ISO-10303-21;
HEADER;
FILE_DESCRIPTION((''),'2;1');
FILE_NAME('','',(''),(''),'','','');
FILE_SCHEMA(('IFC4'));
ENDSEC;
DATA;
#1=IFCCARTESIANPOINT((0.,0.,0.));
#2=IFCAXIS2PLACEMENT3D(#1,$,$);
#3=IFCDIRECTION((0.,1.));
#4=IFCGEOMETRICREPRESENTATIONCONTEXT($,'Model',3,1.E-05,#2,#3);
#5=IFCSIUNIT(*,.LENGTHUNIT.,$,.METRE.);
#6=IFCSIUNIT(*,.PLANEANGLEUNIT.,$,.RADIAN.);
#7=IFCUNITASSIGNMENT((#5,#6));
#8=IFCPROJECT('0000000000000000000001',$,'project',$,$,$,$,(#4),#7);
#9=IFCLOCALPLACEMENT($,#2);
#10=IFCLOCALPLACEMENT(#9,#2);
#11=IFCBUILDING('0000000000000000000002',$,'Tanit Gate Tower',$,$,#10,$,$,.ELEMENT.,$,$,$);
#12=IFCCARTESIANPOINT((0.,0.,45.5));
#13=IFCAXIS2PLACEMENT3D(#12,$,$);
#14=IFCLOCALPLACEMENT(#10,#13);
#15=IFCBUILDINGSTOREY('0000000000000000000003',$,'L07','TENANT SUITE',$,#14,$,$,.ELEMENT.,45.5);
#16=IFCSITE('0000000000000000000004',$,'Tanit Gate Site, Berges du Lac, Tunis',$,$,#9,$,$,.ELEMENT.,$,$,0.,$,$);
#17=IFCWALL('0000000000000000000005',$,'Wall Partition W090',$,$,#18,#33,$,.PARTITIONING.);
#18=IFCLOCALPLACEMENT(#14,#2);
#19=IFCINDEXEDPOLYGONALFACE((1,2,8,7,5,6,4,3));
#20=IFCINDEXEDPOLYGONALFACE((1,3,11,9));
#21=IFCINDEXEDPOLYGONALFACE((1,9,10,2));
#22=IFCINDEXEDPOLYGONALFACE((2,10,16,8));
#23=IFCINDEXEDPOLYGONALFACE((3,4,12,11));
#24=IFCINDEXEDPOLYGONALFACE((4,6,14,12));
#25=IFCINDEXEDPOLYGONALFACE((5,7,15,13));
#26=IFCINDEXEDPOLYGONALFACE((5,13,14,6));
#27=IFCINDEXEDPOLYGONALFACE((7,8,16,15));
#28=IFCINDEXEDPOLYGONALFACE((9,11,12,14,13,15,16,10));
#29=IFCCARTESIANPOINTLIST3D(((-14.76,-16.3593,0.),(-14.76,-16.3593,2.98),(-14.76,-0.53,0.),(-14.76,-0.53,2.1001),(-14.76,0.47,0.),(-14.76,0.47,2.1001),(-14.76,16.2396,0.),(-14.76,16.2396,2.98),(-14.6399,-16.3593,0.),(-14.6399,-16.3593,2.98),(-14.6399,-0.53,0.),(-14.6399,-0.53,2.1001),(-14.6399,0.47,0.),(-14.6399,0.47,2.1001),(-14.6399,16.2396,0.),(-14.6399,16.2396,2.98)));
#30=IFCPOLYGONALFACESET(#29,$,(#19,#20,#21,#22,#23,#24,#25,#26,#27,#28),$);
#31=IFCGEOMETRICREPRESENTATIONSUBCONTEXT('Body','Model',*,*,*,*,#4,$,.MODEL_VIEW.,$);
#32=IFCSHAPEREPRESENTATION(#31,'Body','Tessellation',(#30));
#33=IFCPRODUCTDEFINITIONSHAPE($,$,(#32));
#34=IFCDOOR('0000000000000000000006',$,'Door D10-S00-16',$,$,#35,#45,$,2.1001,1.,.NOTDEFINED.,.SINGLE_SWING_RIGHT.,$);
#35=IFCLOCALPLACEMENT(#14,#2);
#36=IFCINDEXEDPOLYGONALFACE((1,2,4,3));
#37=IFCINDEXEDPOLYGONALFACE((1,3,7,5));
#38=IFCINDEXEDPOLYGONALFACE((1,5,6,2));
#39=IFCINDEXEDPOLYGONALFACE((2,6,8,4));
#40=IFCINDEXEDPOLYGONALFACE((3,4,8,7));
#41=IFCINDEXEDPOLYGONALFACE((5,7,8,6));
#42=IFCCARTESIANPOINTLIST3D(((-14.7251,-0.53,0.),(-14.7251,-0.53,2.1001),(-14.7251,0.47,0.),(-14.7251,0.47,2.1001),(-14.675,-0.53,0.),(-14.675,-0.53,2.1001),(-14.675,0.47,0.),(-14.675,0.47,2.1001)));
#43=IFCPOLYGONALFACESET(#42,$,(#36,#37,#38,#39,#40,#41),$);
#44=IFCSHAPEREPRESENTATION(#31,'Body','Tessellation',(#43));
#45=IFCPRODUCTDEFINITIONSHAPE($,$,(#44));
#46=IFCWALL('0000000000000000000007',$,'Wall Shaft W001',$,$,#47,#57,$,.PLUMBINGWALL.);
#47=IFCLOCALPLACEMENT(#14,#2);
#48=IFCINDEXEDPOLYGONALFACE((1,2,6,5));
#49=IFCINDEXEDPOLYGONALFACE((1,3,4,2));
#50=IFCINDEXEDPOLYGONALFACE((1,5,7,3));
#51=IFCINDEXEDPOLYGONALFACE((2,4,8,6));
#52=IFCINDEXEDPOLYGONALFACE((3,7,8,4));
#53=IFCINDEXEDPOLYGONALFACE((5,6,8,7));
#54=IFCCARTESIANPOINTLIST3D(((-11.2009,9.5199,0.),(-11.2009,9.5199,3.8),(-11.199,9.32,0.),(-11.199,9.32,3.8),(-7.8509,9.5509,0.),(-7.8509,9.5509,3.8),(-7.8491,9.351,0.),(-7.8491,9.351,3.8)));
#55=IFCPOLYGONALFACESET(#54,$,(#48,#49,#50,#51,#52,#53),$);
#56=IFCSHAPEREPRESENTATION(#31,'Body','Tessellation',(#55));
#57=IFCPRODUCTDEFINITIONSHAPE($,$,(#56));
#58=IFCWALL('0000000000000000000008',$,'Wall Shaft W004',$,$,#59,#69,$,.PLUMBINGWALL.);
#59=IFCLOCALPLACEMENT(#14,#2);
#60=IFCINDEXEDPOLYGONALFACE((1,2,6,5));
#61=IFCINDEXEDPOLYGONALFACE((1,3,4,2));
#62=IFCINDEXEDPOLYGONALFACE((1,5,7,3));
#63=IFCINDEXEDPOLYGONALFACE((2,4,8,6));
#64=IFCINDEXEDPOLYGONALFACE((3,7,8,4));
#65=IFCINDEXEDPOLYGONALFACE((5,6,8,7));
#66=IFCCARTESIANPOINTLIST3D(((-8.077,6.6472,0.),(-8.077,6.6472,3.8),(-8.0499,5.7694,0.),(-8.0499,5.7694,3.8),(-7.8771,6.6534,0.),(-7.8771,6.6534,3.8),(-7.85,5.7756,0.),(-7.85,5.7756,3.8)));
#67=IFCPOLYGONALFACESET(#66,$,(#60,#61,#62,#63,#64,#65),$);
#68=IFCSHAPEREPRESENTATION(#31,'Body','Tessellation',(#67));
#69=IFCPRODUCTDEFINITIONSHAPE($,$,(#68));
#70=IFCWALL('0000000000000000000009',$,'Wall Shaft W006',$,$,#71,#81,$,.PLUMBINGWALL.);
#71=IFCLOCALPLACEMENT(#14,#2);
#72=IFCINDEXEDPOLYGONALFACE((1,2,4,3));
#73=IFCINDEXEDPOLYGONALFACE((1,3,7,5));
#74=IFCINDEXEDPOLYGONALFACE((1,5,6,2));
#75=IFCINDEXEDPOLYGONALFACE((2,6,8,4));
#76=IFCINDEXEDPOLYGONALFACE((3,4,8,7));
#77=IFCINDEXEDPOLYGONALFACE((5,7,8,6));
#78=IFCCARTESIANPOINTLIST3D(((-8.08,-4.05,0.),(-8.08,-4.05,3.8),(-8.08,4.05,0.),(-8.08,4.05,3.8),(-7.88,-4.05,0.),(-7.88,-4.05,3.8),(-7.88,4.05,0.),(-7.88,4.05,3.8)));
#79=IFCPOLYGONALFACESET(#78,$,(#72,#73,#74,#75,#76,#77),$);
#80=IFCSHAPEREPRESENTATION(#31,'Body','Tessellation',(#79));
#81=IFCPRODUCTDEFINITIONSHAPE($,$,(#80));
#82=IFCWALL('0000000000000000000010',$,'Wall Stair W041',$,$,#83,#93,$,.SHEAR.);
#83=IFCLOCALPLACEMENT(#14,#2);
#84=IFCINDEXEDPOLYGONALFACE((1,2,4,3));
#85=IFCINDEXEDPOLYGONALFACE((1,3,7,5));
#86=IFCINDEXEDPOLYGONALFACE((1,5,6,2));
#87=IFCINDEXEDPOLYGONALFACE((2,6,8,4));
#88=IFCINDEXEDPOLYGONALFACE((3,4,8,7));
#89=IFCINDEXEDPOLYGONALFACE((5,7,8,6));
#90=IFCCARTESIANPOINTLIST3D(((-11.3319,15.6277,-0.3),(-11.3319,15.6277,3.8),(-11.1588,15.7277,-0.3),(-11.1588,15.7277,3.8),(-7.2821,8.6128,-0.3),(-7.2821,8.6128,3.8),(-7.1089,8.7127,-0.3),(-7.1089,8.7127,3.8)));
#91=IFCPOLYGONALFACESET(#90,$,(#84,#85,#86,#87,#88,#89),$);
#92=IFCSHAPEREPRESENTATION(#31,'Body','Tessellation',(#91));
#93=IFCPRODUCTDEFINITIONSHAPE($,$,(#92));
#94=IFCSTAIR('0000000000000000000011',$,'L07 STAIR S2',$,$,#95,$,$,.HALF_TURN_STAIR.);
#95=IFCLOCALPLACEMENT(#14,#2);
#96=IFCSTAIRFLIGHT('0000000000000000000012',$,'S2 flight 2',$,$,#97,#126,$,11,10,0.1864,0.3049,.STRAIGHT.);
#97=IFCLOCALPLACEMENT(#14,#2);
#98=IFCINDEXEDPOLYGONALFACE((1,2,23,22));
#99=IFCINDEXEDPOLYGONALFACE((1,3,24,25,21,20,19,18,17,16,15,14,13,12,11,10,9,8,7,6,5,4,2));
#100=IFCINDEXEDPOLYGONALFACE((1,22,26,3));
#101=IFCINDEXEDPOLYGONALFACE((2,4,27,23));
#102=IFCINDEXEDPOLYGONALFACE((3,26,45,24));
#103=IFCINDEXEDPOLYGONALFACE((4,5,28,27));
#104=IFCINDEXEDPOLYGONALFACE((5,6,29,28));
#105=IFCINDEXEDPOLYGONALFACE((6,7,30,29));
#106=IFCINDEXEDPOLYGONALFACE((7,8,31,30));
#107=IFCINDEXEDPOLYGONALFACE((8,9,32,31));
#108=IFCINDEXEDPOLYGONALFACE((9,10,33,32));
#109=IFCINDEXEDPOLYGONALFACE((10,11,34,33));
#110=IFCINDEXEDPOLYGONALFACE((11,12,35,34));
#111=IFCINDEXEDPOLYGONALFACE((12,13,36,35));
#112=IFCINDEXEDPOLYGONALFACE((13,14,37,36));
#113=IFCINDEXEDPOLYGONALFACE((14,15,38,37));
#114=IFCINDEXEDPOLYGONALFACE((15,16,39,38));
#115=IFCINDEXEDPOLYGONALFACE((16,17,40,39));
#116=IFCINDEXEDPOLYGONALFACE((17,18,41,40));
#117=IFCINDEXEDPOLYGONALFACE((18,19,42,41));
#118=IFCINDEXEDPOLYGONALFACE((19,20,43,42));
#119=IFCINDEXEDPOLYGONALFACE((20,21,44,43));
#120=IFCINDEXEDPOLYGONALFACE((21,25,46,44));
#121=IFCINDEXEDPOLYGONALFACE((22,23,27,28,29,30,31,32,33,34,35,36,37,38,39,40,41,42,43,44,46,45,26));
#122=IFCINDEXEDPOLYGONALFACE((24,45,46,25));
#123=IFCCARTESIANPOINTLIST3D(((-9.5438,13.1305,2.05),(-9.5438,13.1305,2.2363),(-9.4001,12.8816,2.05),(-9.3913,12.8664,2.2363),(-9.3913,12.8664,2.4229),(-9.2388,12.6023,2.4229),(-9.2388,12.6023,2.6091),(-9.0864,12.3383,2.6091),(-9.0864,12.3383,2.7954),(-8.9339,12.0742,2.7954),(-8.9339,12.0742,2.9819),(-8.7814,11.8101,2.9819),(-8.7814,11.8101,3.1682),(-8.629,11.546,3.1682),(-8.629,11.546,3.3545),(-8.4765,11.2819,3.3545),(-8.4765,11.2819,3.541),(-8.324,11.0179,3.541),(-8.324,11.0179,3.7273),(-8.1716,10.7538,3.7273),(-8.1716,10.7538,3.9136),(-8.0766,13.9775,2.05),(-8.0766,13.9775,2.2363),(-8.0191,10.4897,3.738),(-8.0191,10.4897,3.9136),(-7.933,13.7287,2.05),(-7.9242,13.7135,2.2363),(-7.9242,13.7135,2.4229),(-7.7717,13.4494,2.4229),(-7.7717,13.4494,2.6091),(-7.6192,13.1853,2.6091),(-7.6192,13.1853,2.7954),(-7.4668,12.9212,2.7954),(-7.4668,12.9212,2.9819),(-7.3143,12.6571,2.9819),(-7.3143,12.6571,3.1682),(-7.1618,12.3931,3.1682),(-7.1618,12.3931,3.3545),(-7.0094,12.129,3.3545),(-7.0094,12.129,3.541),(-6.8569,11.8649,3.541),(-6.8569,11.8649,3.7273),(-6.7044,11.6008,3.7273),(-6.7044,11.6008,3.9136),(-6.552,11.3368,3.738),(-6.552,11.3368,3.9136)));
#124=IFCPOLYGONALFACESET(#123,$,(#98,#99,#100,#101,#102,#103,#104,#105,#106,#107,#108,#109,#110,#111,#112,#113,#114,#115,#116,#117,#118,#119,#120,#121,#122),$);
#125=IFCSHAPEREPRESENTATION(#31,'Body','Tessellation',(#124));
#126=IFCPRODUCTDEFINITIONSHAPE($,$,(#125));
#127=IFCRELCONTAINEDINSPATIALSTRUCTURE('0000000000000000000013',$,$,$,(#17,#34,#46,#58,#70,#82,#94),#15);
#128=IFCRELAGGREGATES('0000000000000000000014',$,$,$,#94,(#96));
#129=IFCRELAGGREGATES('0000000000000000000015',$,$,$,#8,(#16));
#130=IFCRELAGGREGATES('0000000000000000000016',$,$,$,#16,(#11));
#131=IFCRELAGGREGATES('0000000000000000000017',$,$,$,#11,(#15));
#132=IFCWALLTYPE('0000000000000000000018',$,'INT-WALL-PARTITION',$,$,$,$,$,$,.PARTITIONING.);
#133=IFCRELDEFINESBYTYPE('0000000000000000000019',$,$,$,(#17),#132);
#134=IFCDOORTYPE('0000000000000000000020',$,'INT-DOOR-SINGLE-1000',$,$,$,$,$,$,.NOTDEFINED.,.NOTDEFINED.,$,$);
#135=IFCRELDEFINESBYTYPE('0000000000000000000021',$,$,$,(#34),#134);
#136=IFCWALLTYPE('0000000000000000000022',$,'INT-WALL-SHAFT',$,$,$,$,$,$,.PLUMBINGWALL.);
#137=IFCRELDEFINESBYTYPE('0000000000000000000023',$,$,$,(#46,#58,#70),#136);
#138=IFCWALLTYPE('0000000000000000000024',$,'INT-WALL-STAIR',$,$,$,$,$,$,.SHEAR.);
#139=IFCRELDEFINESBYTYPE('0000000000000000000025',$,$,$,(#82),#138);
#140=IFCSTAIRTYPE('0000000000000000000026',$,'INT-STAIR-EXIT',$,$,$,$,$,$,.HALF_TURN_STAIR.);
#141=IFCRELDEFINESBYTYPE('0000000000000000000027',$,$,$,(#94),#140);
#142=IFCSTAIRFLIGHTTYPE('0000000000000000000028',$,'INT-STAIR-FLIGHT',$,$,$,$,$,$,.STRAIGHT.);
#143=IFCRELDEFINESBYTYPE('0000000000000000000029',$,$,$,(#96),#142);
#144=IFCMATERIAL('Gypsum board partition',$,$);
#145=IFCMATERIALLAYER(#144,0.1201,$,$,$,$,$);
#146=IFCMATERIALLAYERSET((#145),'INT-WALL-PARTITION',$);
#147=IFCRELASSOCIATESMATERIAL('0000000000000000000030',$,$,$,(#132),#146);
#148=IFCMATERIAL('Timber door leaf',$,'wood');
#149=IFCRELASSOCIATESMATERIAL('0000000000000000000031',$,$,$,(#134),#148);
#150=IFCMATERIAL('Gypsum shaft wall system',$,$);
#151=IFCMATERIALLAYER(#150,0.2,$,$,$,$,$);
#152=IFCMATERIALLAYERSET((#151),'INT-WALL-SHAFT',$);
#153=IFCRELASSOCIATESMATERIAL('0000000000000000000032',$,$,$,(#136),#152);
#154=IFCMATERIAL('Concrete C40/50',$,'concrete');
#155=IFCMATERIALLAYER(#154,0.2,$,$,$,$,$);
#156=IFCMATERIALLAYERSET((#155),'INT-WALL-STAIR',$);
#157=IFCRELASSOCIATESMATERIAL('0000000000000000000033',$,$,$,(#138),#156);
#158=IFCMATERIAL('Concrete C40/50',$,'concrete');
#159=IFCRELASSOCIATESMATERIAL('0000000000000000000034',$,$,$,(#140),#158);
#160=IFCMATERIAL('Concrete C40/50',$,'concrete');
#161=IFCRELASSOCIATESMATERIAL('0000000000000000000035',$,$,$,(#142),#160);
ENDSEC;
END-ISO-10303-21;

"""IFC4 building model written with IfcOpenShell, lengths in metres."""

from ifc_helpers import new_model, si_unit, direction, frame, frame_2d, origin, place, context, subcontext, project, spatial, polyline, rectangle, outline, extrude, material, layer, layer_set, type_object, element, fill, aggregate, save


model = new_model("IFC4")

# Units and contexts
model_context = context("Model", 3, precision=1e-05, world=origin(), true_north=direction((0.0, 1.0)))
body_context = subcontext(model_context, "Body", "Model", "MODEL_VIEW")
ifc_project = project(units=[si_unit("LENGTHUNIT", "METRE"), si_unit("PLANEANGLEUNIT", "RADIAN")], contexts=[model_context])

# Site, building, storey
site_placement = place(None, origin())
site = spatial("IfcSite", under=ifc_project, at=site_placement, Name="Tanit Gate Site, Berges du Lac, Tunis", CompositionType="ELEMENT", RefElevation=0.0)
building_placement = place(site_placement, origin())
building = spatial("IfcBuilding", under=site, at=building_placement, Name="Tanit Gate Tower", CompositionType="ELEMENT")
storey_placement = place(building_placement, frame((0.0, 0.0, 45.5)))
storey = spatial("IfcBuildingStorey", under=building, at=storey_placement, Name="L07", Description="TENANT SUITE", CompositionType="ELEMENT", Elevation=45.5)

# Wall, opening, door
ifc_material_1 = material(Name="Gypsum board partition")
ifc_layer_1 = layer(ifc_material_1, 0.1201)
ifc_layer_set_1 = layer_set([ifc_layer_1], Name="INT-WALL-PARTITION")
wall_type_1 = type_object("IfcWallType", Name="INT-WALL-PARTITION", PredefinedType="PARTITIONING", material=ifc_layer_set_1)
wall_1_placement = place(storey_placement, frame((-14.7, 16.2395, 0.0), z_axis=(0.0, 0.0, 1.0), x_axis=(0.0, -1.0, 0.0)))
wall_1 = element("IfcWall", 1, at=wall_1_placement, inside=storey, type_object=wall_type_1, Name="Wall Partition W090", PredefinedType="PARTITIONING", context=body_context, shape_type="SweptSolid", body=[
    extrude(rectangle(XDim=32.5989, YDim=0.1201, at=frame_2d((16.2993, 0.0))), origin(), (0.0, 0.0, 1.0), 2.98),
])
opening_1_placement = place(wall_1_placement, frame((15.7695, 0.0, 0.0)))
opening_1 = element("IfcOpeningElement", 2, at=opening_1_placement, cuts=wall_1, PredefinedType="OPENING", context=body_context, shape_type="SweptSolid", body=[
    extrude(rectangle(XDim=1.0, YDim=2.1001, at=frame_2d((0.5, 1.05))), frame((0.0, 0.0701, 0.0), z_axis=(0.0, -1.0, 0.0), x_axis=(1.0, 0.0, 0.0)), (0.0, 0.0, 1.0), 0.1401),
])
ifc_material_2 = material(Name="Timber door leaf", Category="wood")
door_type_1 = type_object("IfcDoorType", Name="INT-DOOR-SINGLE-1000", OperationType="NOTDEFINED", PredefinedType="NOTDEFINED", material=ifc_material_2)
door_1_placement = place(opening_1_placement, origin())
door_1 = element("IfcDoor", 3, at=door_1_placement, inside=storey, type_object=door_type_1, Name="Door D10-S00-16", OperationType="SINGLE_SWING_RIGHT", OverallHeight=2.1001, OverallWidth=1.0, PredefinedType="NOTDEFINED", context=body_context, shape_type="SweptSolid", body=[
    extrude(rectangle(XDim=1.0, YDim=2.1001, at=frame_2d((0.5, 1.05))), frame((0.0, 0.0249, 0.0), z_axis=(0.0, -1.0, 0.0), x_axis=(1.0, 0.0, 0.0)), (0.0, 0.0, 1.0), 0.05),
])
fill(opening_1, door_1)

# Walls
ifc_material_3 = material(Name="Gypsum shaft wall system")
ifc_layer_2 = layer(ifc_material_3, 0.2)
ifc_layer_set_2 = layer_set([ifc_layer_2], Name="INT-WALL-SHAFT")
wall_type_2 = type_object("IfcWallType", Name="INT-WALL-SHAFT", PredefinedType="PLUMBINGWALL", material=ifc_layer_set_2)
wall_2_placement = place(storey_placement, frame((-11.2, 9.4199, 0.0), z_axis=(0.0, 0.0, 1.0), x_axis=(0.999957, 0.009255, 0.0)))
element("IfcWall", 4, at=wall_2_placement, inside=storey, type_object=wall_type_2, Name="Wall Shaft W001", PredefinedType="PLUMBINGWALL", context=body_context, shape_type="SweptSolid", body=[
    extrude(rectangle(XDim=3.3501, YDim=0.2, at=frame_2d((1.675, 0.0))), origin(), (0.0, 0.0, 1.0), 3.8),
])
wall_3_placement = place(storey_placement, frame((-7.9771, 6.6501, 0.0), z_axis=(0.0, 0.0, 1.0), x_axis=(0.030862, -0.999524, 0.0)))
element("IfcWall", 5, at=wall_3_placement, inside=storey, type_object=wall_type_2, Name="Wall Shaft W004", PredefinedType="PLUMBINGWALL", context=body_context, shape_type="SweptSolid", body=[
    extrude(rectangle(XDim=0.8782, YDim=0.2, at=frame_2d((0.439, 0.0))), origin(), (0.0, 0.0, 1.0), 3.8),
])
wall_4_placement = place(storey_placement, frame((-7.98, 4.05, 0.0), z_axis=(0.0, 0.0, 1.0), x_axis=(0.0, -1.0, 0.0)))
element("IfcWall", 6, at=wall_4_placement, inside=storey, type_object=wall_type_2, Name="Wall Shaft W006", PredefinedType="PLUMBINGWALL", context=body_context, shape_type="SweptSolid", body=[
    extrude(rectangle(XDim=8.1001, YDim=0.2, at=frame_2d((4.05, 0.0))), origin(), (0.0, 0.0, 1.0), 3.8),
])
ifc_material_4 = material(Name="Concrete C40/50", Category="concrete")
ifc_layer_3 = layer(ifc_material_4, 0.2)
ifc_layer_set_3 = layer_set([ifc_layer_3], Name="INT-WALL-STAIR")
wall_type_3 = type_object("IfcWallType", Name="INT-WALL-STAIR", PredefinedType="SHEAR", material=ifc_layer_set_3)
wall_5_placement = place(storey_placement, frame((-11.2454, 15.6777, -0.3), z_axis=(0.0, 0.0, 1.0), x_axis=(0.499977, -0.866039, 0.0)))
element("IfcWall", 7, at=wall_5_placement, inside=storey, type_object=wall_type_3, Name="Wall Stair W041", PredefinedType="SHEAR", context=body_context, shape_type="SweptSolid", body=[
    extrude(rectangle(XDim=8.1001, YDim=0.2, at=frame_2d((4.05, 0.0))), origin(), (0.0, 0.0, 1.0), 4.1001),
])

# Stair, stair flight
ifc_material_5 = material(Name="Concrete C40/50", Category="concrete")
stair_type = type_object("IfcStairType", Name="INT-STAIR-EXIT", PredefinedType="HALF_TURN_STAIR", material=ifc_material_5)
stair_placement = place(storey_placement, origin())
stair = element("IfcStair", 8, at=stair_placement, inside=storey, type_object=stair_type, Name="L07 STAIR S2", PredefinedType="HALF_TURN_STAIR")
ifc_material_6 = material(Name="Concrete C40/50", Category="concrete")
stair_flight_type = type_object("IfcStairFlightType", Name="INT-STAIR-FLIGHT", PredefinedType="STRAIGHT", material=ifc_material_6)
stair_flight_placement = place(storey_placement, frame((-8.8103, 13.554, 2.05), z_axis=(0.0, 0.0, 1.0), x_axis=(0.5, -0.866025, 0.0)))
stair_flight = element("IfcStairFlight", 9, at=stair_flight_placement, type_object=stair_flight_type, Name="S2 flight 2", NumberOfRisers=11, NumberOfTreads=10, PredefinedType="STRAIGHT", RiserHeight=0.1864, TreadLength=0.3049, context=body_context, shape_type="SweptSolid", body=[
    extrude(outline(polyline([(0.0, 0.0), (0.0, 0.1863), (0.3049, 0.1863), (0.3049, 0.3728), (0.6099, 0.3728), (0.6099, 0.5591), (0.9148, 0.5591), (0.9148, 0.7454), (1.2197, 0.7454), (1.2197, 0.9319), (1.5247, 0.9319), (1.5247, 1.1182), (1.8296, 1.1182), (1.8296, 1.3044), (2.1345, 1.3044), (2.1345, 1.491), (2.4395, 1.491), (2.4395, 1.6772), (2.7444, 1.6772), (2.7444, 1.8635), (3.0493, 1.8635), (3.0493, 2.05), (3.0493, 1.688), (0.2874, 0.0), (0.0, 0.0)])), frame((0.0, 0.8472, 0.0), z_axis=(0.0, -1.0, 0.0), x_axis=(1.0, 0.0, 0.0)), (0.0, 0.0, 1.0), 1.6941),
])
aggregate(stair, [stair_flight])

save(model, "model.ifc")
